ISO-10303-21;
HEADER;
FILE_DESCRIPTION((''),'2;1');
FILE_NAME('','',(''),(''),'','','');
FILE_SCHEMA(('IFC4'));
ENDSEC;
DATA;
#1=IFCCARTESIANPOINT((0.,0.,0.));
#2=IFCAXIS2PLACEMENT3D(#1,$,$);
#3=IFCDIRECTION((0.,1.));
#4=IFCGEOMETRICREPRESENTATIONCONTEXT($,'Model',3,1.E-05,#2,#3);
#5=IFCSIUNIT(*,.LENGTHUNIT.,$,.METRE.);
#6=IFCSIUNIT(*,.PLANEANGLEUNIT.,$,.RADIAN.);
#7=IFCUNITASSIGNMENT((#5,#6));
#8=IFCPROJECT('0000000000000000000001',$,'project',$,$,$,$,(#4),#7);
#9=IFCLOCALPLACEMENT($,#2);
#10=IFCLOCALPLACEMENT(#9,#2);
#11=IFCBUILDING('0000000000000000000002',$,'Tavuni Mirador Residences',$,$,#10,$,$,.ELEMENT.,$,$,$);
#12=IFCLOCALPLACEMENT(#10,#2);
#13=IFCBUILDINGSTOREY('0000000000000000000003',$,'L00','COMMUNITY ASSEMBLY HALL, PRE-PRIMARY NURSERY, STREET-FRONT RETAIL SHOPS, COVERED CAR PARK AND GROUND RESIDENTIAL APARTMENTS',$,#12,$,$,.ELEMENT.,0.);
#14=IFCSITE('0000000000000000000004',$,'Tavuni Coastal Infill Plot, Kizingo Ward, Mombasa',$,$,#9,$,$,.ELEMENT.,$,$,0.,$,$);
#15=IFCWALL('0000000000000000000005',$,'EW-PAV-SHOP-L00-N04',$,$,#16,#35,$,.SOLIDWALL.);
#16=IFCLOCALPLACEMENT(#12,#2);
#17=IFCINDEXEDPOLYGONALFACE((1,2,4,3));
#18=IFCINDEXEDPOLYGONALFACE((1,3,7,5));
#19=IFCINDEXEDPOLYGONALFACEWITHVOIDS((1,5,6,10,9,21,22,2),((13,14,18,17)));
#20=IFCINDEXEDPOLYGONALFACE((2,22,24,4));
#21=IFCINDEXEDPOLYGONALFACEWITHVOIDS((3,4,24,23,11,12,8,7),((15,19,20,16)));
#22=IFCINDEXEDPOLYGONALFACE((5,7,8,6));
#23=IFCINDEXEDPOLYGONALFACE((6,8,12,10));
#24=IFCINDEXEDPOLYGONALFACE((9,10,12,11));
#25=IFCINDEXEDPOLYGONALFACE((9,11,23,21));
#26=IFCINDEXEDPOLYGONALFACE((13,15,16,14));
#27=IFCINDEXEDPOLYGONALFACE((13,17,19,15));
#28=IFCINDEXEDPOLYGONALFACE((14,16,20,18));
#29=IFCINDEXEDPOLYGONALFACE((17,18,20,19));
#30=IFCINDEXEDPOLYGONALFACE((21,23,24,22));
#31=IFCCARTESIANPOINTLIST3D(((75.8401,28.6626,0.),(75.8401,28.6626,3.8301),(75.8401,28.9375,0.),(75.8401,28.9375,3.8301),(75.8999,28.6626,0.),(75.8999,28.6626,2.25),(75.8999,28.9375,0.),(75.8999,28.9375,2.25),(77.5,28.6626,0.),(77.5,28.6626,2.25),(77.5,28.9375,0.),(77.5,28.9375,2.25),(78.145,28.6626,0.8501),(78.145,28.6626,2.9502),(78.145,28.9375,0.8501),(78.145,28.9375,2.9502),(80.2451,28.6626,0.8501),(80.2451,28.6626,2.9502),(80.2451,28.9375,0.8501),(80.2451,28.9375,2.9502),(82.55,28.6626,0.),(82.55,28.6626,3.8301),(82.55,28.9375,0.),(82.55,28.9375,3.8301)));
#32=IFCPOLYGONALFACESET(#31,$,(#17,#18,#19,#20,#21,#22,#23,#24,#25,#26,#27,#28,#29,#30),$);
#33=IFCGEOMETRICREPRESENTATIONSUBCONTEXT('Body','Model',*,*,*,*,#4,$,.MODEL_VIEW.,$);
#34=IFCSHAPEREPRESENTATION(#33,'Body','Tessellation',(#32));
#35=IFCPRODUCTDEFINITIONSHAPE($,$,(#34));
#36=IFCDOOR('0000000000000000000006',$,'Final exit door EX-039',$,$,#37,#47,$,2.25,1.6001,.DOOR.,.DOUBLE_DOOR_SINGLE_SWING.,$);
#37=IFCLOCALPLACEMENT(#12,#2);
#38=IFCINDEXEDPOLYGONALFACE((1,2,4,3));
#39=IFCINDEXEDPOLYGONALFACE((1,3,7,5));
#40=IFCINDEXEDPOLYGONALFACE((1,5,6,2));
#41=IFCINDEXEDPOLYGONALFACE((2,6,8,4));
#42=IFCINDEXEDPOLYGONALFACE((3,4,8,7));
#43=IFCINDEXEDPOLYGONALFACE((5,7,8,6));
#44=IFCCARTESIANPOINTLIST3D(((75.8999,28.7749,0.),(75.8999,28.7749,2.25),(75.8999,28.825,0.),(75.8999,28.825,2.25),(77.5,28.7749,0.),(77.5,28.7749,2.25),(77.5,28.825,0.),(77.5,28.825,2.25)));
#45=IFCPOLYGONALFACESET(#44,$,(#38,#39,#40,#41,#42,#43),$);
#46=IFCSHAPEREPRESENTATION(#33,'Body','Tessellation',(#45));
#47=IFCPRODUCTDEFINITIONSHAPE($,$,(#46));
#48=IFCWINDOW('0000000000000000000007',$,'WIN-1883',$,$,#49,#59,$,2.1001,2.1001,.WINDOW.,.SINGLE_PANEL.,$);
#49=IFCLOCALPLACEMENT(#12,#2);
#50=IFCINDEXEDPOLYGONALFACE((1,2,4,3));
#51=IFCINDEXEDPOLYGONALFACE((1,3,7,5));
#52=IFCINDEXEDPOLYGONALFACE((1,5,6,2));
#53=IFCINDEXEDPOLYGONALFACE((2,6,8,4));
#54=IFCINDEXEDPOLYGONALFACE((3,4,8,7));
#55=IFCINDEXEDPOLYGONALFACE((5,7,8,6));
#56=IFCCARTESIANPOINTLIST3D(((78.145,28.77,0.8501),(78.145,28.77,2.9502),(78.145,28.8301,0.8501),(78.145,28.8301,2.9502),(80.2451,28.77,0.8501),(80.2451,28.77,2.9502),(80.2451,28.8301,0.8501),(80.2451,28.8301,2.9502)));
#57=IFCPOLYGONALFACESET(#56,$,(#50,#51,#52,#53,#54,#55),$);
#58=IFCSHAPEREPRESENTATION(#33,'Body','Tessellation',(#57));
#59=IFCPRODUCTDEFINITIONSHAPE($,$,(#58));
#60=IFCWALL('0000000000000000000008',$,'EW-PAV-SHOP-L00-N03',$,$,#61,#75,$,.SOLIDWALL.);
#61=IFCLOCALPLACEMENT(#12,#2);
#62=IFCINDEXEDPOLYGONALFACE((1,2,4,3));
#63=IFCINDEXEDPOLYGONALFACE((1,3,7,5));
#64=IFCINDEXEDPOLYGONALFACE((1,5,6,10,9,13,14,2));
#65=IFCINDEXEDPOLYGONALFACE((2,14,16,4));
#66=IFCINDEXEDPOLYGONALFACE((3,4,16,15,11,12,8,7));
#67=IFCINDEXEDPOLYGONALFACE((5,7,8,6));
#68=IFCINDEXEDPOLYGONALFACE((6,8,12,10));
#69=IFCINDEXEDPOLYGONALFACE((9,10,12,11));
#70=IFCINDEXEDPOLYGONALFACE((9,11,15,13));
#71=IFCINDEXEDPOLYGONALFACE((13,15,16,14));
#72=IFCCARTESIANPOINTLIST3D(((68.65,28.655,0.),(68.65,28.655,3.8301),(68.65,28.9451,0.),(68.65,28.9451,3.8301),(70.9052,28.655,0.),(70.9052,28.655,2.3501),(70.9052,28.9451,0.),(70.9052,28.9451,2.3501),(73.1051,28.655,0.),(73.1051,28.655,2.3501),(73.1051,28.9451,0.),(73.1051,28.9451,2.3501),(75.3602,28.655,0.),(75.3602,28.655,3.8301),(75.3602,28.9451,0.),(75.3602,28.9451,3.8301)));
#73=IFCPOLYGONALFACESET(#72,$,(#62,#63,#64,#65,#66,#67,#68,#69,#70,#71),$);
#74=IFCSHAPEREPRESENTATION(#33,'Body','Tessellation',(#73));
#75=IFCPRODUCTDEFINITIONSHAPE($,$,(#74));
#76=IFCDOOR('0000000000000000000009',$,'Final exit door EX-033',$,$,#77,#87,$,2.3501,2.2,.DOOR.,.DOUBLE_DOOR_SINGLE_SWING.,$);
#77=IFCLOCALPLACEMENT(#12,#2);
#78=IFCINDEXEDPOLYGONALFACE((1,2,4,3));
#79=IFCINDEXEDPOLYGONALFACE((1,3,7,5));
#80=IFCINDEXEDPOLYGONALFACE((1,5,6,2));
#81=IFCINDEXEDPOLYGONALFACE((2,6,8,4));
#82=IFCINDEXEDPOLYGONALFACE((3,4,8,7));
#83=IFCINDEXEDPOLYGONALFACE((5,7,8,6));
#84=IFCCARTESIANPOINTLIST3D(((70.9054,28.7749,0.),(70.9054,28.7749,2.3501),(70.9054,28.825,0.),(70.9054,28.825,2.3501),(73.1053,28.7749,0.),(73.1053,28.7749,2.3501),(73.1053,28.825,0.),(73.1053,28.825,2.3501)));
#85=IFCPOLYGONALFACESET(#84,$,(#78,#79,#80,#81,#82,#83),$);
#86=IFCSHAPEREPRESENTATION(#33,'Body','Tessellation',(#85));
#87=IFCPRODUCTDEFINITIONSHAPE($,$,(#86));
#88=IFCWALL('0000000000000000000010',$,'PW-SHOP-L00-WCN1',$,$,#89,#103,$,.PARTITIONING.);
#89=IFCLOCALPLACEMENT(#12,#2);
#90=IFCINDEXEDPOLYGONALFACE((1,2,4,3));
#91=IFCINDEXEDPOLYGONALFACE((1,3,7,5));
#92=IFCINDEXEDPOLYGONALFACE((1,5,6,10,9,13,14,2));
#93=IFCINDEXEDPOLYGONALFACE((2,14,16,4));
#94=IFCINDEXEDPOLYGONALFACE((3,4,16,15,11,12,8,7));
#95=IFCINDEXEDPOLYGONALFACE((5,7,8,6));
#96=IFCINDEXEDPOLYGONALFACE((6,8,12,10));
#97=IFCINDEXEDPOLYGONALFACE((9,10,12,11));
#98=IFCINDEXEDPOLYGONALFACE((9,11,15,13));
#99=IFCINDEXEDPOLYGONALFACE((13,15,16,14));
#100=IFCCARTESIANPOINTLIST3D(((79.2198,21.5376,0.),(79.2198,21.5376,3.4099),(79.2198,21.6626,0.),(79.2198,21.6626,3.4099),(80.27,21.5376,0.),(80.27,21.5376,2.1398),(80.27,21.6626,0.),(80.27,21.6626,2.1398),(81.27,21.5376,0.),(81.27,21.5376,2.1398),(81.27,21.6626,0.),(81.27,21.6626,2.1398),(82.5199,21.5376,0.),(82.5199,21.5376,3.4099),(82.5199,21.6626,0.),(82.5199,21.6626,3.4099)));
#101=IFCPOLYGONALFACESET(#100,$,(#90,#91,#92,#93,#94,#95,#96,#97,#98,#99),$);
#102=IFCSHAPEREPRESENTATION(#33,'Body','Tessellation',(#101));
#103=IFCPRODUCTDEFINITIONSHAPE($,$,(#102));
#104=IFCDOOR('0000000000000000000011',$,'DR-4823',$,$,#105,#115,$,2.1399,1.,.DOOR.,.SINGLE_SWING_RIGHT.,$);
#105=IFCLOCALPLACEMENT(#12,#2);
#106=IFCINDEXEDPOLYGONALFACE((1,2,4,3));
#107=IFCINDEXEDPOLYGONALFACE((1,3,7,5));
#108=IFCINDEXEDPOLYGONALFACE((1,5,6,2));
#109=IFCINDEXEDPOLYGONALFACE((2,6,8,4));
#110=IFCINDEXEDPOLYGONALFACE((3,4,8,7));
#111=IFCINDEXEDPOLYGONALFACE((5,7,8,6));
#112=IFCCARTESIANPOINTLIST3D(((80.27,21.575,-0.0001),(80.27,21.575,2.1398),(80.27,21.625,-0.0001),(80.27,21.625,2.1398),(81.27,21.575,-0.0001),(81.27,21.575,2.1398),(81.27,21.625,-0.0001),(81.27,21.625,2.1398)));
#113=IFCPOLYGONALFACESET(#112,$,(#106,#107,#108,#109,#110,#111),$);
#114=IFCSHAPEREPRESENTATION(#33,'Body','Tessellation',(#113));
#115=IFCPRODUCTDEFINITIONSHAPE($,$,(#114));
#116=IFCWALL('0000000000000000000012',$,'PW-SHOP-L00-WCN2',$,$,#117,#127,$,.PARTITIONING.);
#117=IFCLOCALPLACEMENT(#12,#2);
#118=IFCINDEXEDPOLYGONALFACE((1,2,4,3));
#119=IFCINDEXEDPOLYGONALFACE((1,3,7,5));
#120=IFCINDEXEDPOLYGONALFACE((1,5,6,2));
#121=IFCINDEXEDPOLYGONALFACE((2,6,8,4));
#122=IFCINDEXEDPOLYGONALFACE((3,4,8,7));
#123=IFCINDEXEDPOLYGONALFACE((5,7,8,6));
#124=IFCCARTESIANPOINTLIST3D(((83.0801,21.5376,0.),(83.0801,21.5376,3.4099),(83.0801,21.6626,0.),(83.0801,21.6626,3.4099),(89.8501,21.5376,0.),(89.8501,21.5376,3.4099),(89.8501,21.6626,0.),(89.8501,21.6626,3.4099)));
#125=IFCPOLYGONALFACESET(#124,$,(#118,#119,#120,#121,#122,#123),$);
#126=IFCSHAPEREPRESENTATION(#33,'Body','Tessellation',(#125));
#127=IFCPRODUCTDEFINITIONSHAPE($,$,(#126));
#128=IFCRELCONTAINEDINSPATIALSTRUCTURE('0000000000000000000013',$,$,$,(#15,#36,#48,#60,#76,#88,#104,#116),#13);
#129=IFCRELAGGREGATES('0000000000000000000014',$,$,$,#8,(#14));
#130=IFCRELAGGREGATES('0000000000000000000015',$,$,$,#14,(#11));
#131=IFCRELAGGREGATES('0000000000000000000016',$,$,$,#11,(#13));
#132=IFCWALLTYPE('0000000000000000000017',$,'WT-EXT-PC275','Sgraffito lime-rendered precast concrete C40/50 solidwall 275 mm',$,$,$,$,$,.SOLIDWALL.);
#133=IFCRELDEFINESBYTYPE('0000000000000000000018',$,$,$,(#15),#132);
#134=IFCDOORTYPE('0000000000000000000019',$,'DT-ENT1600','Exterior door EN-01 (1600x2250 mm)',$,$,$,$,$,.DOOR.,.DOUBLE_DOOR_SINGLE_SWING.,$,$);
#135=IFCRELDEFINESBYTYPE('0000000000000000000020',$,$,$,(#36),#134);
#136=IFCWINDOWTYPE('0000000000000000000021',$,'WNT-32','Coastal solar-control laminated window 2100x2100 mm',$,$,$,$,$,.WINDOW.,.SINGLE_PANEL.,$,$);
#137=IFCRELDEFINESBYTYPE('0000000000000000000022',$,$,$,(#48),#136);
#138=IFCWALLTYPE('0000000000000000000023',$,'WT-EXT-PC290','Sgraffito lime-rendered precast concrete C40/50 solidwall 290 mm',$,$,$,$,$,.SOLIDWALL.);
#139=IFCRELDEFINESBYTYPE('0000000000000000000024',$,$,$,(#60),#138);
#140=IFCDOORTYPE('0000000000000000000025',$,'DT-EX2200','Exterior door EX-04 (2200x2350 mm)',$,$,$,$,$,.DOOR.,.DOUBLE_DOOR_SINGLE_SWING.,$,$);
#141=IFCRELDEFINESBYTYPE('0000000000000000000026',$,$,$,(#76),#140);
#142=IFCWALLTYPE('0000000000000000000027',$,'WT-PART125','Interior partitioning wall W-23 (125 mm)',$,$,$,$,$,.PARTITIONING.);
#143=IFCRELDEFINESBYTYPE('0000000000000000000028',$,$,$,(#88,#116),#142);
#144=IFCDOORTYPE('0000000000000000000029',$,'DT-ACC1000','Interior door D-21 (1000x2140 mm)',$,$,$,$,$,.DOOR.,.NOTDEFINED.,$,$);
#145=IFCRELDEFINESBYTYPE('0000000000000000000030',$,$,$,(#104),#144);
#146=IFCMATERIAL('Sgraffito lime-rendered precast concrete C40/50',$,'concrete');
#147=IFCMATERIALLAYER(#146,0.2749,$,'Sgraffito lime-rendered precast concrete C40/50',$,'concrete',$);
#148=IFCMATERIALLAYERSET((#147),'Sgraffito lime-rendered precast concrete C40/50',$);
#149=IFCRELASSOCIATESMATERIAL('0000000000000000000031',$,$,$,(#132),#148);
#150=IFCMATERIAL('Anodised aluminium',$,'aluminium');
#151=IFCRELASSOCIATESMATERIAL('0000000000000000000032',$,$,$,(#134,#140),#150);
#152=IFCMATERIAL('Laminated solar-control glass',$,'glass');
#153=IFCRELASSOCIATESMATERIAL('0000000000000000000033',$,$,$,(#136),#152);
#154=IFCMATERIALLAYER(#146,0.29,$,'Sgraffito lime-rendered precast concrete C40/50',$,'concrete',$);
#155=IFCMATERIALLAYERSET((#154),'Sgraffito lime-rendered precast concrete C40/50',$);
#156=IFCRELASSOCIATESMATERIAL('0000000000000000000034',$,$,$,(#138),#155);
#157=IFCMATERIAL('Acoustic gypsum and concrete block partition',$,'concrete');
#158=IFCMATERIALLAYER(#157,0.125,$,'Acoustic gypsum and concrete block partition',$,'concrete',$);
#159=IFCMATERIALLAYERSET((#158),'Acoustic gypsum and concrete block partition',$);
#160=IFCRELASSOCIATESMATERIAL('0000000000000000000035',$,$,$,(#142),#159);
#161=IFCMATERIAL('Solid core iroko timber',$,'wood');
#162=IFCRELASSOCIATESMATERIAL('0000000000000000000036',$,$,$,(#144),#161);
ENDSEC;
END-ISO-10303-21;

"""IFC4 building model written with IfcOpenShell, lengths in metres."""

from ifc_helpers import new_model, si_unit, direction, frame, frame_2d, origin, place, context, subcontext, project, spatial, rectangle, extrude, material, layer, layer_set, type_object, element, fill, save


model = new_model("IFC4")

# Units and contexts
model_context = context("Model", 3, precision=1e-05, world=origin(), true_north=direction((0.0, 1.0)))
body_context = subcontext(model_context, "Body", "Model", "MODEL_VIEW")
ifc_project = project(units=[si_unit("LENGTHUNIT", "METRE"), si_unit("PLANEANGLEUNIT", "RADIAN")], contexts=[model_context])

# Site, building, storey
site_placement = place(None, origin())
site = spatial("IfcSite", under=ifc_project, at=site_placement, Name="Tavuni Coastal Infill Plot, Kizingo Ward, Mombasa", CompositionType="ELEMENT", RefElevation=0.0)
building_placement = place(site_placement, origin())
building = spatial("IfcBuilding", under=site, at=building_placement, Name="Tavuni Mirador Residences", CompositionType="ELEMENT")
storey_placement = place(building_placement, origin())
storey = spatial("IfcBuildingStorey", under=building, at=storey_placement, Name="L00", Description="COMMUNITY ASSEMBLY HALL, PRE-PRIMARY NURSERY, STREET-FRONT RETAIL SHOPS, COVERED CAR PARK AND GROUND RESIDENTIAL APARTMENTS", CompositionType="ELEMENT", Elevation=0.0)

# Shared definitions
ifc_material_1 = material(Name="Solid core iroko timber", Category="wood")

# Wall, openings, door, window
ifc_material_2 = material(Name="Sgraffito lime-rendered precast concrete C40/50", Category="concrete")
ifc_layer_1 = layer(ifc_material_2, 0.2749, Name="Sgraffito lime-rendered precast concrete C40/50", Category="concrete")
ifc_layer_set_1 = layer_set([ifc_layer_1], Name="Sgraffito lime-rendered precast concrete C40/50")
wall_type_1 = type_object("IfcWallType", Name="WT-EXT-PC275", Description="Sgraffito lime-rendered precast concrete C40/50 solidwall 275 mm", PredefinedType="SOLIDWALL", material=ifc_layer_set_1)
wall_1_placement = place(storey_placement, frame((82.55, 28.8, 0.0), z_axis=(0.0, 0.0, 1.0), x_axis=(-1.0, 0.0, 0.0)))
wall_1 = element("IfcWall", 1, at=wall_1_placement, inside=storey, type_object=wall_type_1, Name="EW-PAV-SHOP-L00-N04", PredefinedType="SOLIDWALL", context=body_context, shape_type="SweptSolid", body=[
    extrude(rectangle(XDim=6.71, YDim=0.2749, at=frame_2d((3.355, 0.0))), origin(), (0.0, 0.0, 1.0), 3.8301),
])
opening_1_placement = place(wall_1_placement, frame((2.3049, 0.0, 0.8501)))
opening_1 = element("IfcOpeningElement", 2, at=opening_1_placement, cuts=wall_1, PredefinedType="OPENING", context=body_context, shape_type="SweptSolid", body=[
    extrude(rectangle(XDim=2.1001, YDim=2.1001, at=frame_2d((1.05, 1.05))), frame((0.0, 0.1475, 0.0), z_axis=(0.0, -1.0, 0.0), x_axis=(1.0, 0.0, 0.0)), (0.0, 0.0, 1.0), 0.2949),
])
opening_2_placement = place(wall_1_placement, frame((5.05, 0.0, 0.0)))
opening_2 = element("IfcOpeningElement", 3, at=opening_2_placement, cuts=wall_1, PredefinedType="OPENING", context=body_context, shape_type="SweptSolid", body=[
    extrude(rectangle(XDim=1.6001, YDim=2.25, at=frame_2d((0.8, 1.125))), frame((0.0, 0.1475, 0.0), z_axis=(0.0, -1.0, 0.0), x_axis=(1.0, 0.0, 0.0)), (0.0, 0.0, 1.0), 0.2949),
])
ifc_material_3 = material(Name="Anodised aluminium", Category="aluminium")
door_type_1 = type_object("IfcDoorType", Name="DT-ENT1600", Description="Exterior door EN-01 (1600x2250 mm)", OperationType="DOUBLE_DOOR_SINGLE_SWING", PredefinedType="DOOR", material=ifc_material_3)
door_1_placement = place(opening_2_placement, frame((1.6001, 0.0, 0.0), z_axis=(0.0, 0.0, 1.0), x_axis=(-1.0, 0.0, 0.0)))
door_1 = element("IfcDoor", 4, at=door_1_placement, inside=storey, type_object=door_type_1, Name="Final exit door EX-039", OperationType="DOUBLE_DOOR_SINGLE_SWING", OverallHeight=2.25, OverallWidth=1.6001, PredefinedType="DOOR", context=body_context, shape_type="SweptSolid", body=[
    extrude(rectangle(XDim=1.6001, YDim=2.25, at=frame_2d((0.8, 1.125))), frame((0.0, 0.0249, 0.0), z_axis=(0.0, -1.0, 0.0), x_axis=(1.0, 0.0, 0.0)), (0.0, 0.0, 1.0), 0.05),
])
fill(opening_2, door_1)
ifc_material_4 = material(Name="Laminated solar-control glass", Category="glass")
window_type = type_object("IfcWindowType", Name="WNT-32", Description="Coastal solar-control laminated window 2100x2100 mm", PartitioningType="SINGLE_PANEL", PredefinedType="WINDOW", material=ifc_material_4)
window_placement = place(opening_1_placement, origin())
window = element("IfcWindow", 5, at=window_placement, inside=storey, type_object=window_type, Name="WIN-1883", OverallHeight=2.1001, OverallWidth=2.1001, PartitioningType="SINGLE_PANEL", PredefinedType="WINDOW", context=body_context, shape_type="SweptSolid", body=[
    extrude(rectangle(XDim=2.1001, YDim=2.1001, at=frame_2d((1.05, 1.05))), frame((0.0, 0.03, 0.0), z_axis=(0.0, -1.0, 0.0), x_axis=(1.0, 0.0, 0.0)), (0.0, 0.0, 1.0), 0.0601),
])
fill(opening_1, window)

# Walls, openings, doors
ifc_layer_2 = layer(ifc_material_2, 0.29, Name="Sgraffito lime-rendered precast concrete C40/50", Category="concrete")
ifc_layer_set_2 = layer_set([ifc_layer_2], Name="Sgraffito lime-rendered precast concrete C40/50")
wall_type_2 = type_object("IfcWallType", Name="WT-EXT-PC290", Description="Sgraffito lime-rendered precast concrete C40/50 solidwall 290 mm", PredefinedType="SOLIDWALL", material=ifc_layer_set_2)
wall_2_placement = place(storey_placement, frame((75.3601, 28.8, 0.0), z_axis=(0.0, 0.0, 1.0), x_axis=(-1.0, 0.0, 0.0)))
wall_2 = element("IfcWall", 6, at=wall_2_placement, inside=storey, type_object=wall_type_2, Name="EW-PAV-SHOP-L00-N03", PredefinedType="SOLIDWALL", context=body_context, shape_type="SweptSolid", body=[
    extrude(rectangle(XDim=6.7102, YDim=0.29, at=frame_2d((3.355, 0.0))), origin(), (0.0, 0.0, 1.0), 3.8301),
])
opening_3_placement = place(wall_2_placement, frame((2.2549, 0.0, 0.0)))
opening_3 = element("IfcOpeningElement", 7, at=opening_3_placement, cuts=wall_2, PredefinedType="OPENING", context=body_context, shape_type="SweptSolid", body=[
    extrude(rectangle(XDim=2.2, YDim=2.3501, at=frame_2d((1.1001, 1.175))), frame((0.0, 0.155, 0.0), z_axis=(0.0, -1.0, 0.0), x_axis=(1.0, 0.0, 0.0)), (0.0, 0.0, 1.0), 0.3101),
])
door_type_2 = type_object("IfcDoorType", Name="DT-EX2200", Description="Exterior door EX-04 (2200x2350 mm)", OperationType="DOUBLE_DOOR_SINGLE_SWING", PredefinedType="DOOR", material=ifc_material_3)
door_2_placement = place(opening_3_placement, frame((2.2, 0.0, 0.0), z_axis=(0.0, 0.0, 1.0), x_axis=(-1.0, 0.0, 0.0)))
door_2 = element("IfcDoor", 8, at=door_2_placement, inside=storey, type_object=door_type_2, Name="Final exit door EX-033", OperationType="DOUBLE_DOOR_SINGLE_SWING", OverallHeight=2.3501, OverallWidth=2.2, PredefinedType="DOOR", context=body_context, shape_type="SweptSolid", body=[
    extrude(rectangle(XDim=2.2, YDim=2.3501, at=frame_2d((1.1001, 1.175))), frame((0.0, 0.0249, 0.0), z_axis=(0.0, -1.0, 0.0), x_axis=(1.0, 0.0, 0.0)), (0.0, 0.0, 1.0), 0.05),
])
fill(opening_3, door_2)
ifc_material_5 = material(Name="Acoustic gypsum and concrete block partition", Category="concrete")
ifc_layer_3 = layer(ifc_material_5, 0.125, Name="Acoustic gypsum and concrete block partition", Category="concrete")
ifc_layer_set_3 = layer_set([ifc_layer_3], Name="Acoustic gypsum and concrete block partition")
wall_type_3 = type_object("IfcWallType", Name="WT-PART125", Description="Interior partitioning wall W-23 (125 mm)", PredefinedType="PARTITIONING", material=ifc_layer_set_3)
wall_3_placement = place(storey_placement, frame((79.22, 21.6001, 0.0), z_axis=(0.0, 0.0, 1.0), x_axis=(1.0, 0.0, 0.0)))
wall_3 = element("IfcWall", 9, at=wall_3_placement, inside=storey, type_object=wall_type_3, Name="PW-SHOP-L00-WCN1", PredefinedType="PARTITIONING", context=body_context, shape_type="SweptSolid", body=[
    extrude(rectangle(XDim=3.3, YDim=0.125, at=frame_2d((1.6499, 0.0))), origin(), (0.0, 0.0, 1.0), 3.4099),
])
opening_4_placement = place(wall_3_placement, frame((1.05, 0.0, 0.0)))
opening_4 = element("IfcOpeningElement", 10, at=opening_4_placement, cuts=wall_3, PredefinedType="OPENING", context=body_context, shape_type="SweptSolid", body=[
    extrude(rectangle(XDim=1.0, YDim=2.1399, at=frame_2d((0.5, 1.0698))), frame((0.0, 0.0725, 0.0), z_axis=(0.0, -1.0, 0.0), x_axis=(1.0, 0.0, 0.0)), (0.0, 0.0, 1.0), 0.145),
])
door_type_3 = type_object("IfcDoorType", Name="DT-ACC1000", Description="Interior door D-21 (1000x2140 mm)", OperationType="NOTDEFINED", PredefinedType="DOOR", material=ifc_material_1)
door_3_placement = place(opening_4_placement, origin())
door_3 = element("IfcDoor", 11, at=door_3_placement, inside=storey, type_object=door_type_3, Name="DR-4823", OperationType="SINGLE_SWING_RIGHT", OverallHeight=2.1399, OverallWidth=1.0, PredefinedType="DOOR", context=body_context, shape_type="SweptSolid", body=[
    extrude(rectangle(XDim=1.0, YDim=2.1399, at=frame_2d((0.5, 1.0698))), frame((0.0, 0.0249, 0.0), z_axis=(0.0, -1.0, 0.0), x_axis=(1.0, 0.0, 0.0)), (0.0, 0.0, 1.0), 0.05),
])
fill(opening_4, door_3)

# Wall
wall_4_placement = place(storey_placement, frame((83.0801, 21.6001, 0.0), z_axis=(0.0, 0.0, 1.0), x_axis=(1.0, 0.0, 0.0)))
element("IfcWall", 12, at=wall_4_placement, inside=storey, type_object=wall_type_3, Name="PW-SHOP-L00-WCN2", PredefinedType="PARTITIONING", context=body_context, shape_type="SweptSolid", body=[
    extrude(rectangle(XDim=6.77, YDim=0.125, at=frame_2d((3.385, 0.0))), origin(), (0.0, 0.0, 1.0), 3.4099),
])

save(model, "model.ifc")
